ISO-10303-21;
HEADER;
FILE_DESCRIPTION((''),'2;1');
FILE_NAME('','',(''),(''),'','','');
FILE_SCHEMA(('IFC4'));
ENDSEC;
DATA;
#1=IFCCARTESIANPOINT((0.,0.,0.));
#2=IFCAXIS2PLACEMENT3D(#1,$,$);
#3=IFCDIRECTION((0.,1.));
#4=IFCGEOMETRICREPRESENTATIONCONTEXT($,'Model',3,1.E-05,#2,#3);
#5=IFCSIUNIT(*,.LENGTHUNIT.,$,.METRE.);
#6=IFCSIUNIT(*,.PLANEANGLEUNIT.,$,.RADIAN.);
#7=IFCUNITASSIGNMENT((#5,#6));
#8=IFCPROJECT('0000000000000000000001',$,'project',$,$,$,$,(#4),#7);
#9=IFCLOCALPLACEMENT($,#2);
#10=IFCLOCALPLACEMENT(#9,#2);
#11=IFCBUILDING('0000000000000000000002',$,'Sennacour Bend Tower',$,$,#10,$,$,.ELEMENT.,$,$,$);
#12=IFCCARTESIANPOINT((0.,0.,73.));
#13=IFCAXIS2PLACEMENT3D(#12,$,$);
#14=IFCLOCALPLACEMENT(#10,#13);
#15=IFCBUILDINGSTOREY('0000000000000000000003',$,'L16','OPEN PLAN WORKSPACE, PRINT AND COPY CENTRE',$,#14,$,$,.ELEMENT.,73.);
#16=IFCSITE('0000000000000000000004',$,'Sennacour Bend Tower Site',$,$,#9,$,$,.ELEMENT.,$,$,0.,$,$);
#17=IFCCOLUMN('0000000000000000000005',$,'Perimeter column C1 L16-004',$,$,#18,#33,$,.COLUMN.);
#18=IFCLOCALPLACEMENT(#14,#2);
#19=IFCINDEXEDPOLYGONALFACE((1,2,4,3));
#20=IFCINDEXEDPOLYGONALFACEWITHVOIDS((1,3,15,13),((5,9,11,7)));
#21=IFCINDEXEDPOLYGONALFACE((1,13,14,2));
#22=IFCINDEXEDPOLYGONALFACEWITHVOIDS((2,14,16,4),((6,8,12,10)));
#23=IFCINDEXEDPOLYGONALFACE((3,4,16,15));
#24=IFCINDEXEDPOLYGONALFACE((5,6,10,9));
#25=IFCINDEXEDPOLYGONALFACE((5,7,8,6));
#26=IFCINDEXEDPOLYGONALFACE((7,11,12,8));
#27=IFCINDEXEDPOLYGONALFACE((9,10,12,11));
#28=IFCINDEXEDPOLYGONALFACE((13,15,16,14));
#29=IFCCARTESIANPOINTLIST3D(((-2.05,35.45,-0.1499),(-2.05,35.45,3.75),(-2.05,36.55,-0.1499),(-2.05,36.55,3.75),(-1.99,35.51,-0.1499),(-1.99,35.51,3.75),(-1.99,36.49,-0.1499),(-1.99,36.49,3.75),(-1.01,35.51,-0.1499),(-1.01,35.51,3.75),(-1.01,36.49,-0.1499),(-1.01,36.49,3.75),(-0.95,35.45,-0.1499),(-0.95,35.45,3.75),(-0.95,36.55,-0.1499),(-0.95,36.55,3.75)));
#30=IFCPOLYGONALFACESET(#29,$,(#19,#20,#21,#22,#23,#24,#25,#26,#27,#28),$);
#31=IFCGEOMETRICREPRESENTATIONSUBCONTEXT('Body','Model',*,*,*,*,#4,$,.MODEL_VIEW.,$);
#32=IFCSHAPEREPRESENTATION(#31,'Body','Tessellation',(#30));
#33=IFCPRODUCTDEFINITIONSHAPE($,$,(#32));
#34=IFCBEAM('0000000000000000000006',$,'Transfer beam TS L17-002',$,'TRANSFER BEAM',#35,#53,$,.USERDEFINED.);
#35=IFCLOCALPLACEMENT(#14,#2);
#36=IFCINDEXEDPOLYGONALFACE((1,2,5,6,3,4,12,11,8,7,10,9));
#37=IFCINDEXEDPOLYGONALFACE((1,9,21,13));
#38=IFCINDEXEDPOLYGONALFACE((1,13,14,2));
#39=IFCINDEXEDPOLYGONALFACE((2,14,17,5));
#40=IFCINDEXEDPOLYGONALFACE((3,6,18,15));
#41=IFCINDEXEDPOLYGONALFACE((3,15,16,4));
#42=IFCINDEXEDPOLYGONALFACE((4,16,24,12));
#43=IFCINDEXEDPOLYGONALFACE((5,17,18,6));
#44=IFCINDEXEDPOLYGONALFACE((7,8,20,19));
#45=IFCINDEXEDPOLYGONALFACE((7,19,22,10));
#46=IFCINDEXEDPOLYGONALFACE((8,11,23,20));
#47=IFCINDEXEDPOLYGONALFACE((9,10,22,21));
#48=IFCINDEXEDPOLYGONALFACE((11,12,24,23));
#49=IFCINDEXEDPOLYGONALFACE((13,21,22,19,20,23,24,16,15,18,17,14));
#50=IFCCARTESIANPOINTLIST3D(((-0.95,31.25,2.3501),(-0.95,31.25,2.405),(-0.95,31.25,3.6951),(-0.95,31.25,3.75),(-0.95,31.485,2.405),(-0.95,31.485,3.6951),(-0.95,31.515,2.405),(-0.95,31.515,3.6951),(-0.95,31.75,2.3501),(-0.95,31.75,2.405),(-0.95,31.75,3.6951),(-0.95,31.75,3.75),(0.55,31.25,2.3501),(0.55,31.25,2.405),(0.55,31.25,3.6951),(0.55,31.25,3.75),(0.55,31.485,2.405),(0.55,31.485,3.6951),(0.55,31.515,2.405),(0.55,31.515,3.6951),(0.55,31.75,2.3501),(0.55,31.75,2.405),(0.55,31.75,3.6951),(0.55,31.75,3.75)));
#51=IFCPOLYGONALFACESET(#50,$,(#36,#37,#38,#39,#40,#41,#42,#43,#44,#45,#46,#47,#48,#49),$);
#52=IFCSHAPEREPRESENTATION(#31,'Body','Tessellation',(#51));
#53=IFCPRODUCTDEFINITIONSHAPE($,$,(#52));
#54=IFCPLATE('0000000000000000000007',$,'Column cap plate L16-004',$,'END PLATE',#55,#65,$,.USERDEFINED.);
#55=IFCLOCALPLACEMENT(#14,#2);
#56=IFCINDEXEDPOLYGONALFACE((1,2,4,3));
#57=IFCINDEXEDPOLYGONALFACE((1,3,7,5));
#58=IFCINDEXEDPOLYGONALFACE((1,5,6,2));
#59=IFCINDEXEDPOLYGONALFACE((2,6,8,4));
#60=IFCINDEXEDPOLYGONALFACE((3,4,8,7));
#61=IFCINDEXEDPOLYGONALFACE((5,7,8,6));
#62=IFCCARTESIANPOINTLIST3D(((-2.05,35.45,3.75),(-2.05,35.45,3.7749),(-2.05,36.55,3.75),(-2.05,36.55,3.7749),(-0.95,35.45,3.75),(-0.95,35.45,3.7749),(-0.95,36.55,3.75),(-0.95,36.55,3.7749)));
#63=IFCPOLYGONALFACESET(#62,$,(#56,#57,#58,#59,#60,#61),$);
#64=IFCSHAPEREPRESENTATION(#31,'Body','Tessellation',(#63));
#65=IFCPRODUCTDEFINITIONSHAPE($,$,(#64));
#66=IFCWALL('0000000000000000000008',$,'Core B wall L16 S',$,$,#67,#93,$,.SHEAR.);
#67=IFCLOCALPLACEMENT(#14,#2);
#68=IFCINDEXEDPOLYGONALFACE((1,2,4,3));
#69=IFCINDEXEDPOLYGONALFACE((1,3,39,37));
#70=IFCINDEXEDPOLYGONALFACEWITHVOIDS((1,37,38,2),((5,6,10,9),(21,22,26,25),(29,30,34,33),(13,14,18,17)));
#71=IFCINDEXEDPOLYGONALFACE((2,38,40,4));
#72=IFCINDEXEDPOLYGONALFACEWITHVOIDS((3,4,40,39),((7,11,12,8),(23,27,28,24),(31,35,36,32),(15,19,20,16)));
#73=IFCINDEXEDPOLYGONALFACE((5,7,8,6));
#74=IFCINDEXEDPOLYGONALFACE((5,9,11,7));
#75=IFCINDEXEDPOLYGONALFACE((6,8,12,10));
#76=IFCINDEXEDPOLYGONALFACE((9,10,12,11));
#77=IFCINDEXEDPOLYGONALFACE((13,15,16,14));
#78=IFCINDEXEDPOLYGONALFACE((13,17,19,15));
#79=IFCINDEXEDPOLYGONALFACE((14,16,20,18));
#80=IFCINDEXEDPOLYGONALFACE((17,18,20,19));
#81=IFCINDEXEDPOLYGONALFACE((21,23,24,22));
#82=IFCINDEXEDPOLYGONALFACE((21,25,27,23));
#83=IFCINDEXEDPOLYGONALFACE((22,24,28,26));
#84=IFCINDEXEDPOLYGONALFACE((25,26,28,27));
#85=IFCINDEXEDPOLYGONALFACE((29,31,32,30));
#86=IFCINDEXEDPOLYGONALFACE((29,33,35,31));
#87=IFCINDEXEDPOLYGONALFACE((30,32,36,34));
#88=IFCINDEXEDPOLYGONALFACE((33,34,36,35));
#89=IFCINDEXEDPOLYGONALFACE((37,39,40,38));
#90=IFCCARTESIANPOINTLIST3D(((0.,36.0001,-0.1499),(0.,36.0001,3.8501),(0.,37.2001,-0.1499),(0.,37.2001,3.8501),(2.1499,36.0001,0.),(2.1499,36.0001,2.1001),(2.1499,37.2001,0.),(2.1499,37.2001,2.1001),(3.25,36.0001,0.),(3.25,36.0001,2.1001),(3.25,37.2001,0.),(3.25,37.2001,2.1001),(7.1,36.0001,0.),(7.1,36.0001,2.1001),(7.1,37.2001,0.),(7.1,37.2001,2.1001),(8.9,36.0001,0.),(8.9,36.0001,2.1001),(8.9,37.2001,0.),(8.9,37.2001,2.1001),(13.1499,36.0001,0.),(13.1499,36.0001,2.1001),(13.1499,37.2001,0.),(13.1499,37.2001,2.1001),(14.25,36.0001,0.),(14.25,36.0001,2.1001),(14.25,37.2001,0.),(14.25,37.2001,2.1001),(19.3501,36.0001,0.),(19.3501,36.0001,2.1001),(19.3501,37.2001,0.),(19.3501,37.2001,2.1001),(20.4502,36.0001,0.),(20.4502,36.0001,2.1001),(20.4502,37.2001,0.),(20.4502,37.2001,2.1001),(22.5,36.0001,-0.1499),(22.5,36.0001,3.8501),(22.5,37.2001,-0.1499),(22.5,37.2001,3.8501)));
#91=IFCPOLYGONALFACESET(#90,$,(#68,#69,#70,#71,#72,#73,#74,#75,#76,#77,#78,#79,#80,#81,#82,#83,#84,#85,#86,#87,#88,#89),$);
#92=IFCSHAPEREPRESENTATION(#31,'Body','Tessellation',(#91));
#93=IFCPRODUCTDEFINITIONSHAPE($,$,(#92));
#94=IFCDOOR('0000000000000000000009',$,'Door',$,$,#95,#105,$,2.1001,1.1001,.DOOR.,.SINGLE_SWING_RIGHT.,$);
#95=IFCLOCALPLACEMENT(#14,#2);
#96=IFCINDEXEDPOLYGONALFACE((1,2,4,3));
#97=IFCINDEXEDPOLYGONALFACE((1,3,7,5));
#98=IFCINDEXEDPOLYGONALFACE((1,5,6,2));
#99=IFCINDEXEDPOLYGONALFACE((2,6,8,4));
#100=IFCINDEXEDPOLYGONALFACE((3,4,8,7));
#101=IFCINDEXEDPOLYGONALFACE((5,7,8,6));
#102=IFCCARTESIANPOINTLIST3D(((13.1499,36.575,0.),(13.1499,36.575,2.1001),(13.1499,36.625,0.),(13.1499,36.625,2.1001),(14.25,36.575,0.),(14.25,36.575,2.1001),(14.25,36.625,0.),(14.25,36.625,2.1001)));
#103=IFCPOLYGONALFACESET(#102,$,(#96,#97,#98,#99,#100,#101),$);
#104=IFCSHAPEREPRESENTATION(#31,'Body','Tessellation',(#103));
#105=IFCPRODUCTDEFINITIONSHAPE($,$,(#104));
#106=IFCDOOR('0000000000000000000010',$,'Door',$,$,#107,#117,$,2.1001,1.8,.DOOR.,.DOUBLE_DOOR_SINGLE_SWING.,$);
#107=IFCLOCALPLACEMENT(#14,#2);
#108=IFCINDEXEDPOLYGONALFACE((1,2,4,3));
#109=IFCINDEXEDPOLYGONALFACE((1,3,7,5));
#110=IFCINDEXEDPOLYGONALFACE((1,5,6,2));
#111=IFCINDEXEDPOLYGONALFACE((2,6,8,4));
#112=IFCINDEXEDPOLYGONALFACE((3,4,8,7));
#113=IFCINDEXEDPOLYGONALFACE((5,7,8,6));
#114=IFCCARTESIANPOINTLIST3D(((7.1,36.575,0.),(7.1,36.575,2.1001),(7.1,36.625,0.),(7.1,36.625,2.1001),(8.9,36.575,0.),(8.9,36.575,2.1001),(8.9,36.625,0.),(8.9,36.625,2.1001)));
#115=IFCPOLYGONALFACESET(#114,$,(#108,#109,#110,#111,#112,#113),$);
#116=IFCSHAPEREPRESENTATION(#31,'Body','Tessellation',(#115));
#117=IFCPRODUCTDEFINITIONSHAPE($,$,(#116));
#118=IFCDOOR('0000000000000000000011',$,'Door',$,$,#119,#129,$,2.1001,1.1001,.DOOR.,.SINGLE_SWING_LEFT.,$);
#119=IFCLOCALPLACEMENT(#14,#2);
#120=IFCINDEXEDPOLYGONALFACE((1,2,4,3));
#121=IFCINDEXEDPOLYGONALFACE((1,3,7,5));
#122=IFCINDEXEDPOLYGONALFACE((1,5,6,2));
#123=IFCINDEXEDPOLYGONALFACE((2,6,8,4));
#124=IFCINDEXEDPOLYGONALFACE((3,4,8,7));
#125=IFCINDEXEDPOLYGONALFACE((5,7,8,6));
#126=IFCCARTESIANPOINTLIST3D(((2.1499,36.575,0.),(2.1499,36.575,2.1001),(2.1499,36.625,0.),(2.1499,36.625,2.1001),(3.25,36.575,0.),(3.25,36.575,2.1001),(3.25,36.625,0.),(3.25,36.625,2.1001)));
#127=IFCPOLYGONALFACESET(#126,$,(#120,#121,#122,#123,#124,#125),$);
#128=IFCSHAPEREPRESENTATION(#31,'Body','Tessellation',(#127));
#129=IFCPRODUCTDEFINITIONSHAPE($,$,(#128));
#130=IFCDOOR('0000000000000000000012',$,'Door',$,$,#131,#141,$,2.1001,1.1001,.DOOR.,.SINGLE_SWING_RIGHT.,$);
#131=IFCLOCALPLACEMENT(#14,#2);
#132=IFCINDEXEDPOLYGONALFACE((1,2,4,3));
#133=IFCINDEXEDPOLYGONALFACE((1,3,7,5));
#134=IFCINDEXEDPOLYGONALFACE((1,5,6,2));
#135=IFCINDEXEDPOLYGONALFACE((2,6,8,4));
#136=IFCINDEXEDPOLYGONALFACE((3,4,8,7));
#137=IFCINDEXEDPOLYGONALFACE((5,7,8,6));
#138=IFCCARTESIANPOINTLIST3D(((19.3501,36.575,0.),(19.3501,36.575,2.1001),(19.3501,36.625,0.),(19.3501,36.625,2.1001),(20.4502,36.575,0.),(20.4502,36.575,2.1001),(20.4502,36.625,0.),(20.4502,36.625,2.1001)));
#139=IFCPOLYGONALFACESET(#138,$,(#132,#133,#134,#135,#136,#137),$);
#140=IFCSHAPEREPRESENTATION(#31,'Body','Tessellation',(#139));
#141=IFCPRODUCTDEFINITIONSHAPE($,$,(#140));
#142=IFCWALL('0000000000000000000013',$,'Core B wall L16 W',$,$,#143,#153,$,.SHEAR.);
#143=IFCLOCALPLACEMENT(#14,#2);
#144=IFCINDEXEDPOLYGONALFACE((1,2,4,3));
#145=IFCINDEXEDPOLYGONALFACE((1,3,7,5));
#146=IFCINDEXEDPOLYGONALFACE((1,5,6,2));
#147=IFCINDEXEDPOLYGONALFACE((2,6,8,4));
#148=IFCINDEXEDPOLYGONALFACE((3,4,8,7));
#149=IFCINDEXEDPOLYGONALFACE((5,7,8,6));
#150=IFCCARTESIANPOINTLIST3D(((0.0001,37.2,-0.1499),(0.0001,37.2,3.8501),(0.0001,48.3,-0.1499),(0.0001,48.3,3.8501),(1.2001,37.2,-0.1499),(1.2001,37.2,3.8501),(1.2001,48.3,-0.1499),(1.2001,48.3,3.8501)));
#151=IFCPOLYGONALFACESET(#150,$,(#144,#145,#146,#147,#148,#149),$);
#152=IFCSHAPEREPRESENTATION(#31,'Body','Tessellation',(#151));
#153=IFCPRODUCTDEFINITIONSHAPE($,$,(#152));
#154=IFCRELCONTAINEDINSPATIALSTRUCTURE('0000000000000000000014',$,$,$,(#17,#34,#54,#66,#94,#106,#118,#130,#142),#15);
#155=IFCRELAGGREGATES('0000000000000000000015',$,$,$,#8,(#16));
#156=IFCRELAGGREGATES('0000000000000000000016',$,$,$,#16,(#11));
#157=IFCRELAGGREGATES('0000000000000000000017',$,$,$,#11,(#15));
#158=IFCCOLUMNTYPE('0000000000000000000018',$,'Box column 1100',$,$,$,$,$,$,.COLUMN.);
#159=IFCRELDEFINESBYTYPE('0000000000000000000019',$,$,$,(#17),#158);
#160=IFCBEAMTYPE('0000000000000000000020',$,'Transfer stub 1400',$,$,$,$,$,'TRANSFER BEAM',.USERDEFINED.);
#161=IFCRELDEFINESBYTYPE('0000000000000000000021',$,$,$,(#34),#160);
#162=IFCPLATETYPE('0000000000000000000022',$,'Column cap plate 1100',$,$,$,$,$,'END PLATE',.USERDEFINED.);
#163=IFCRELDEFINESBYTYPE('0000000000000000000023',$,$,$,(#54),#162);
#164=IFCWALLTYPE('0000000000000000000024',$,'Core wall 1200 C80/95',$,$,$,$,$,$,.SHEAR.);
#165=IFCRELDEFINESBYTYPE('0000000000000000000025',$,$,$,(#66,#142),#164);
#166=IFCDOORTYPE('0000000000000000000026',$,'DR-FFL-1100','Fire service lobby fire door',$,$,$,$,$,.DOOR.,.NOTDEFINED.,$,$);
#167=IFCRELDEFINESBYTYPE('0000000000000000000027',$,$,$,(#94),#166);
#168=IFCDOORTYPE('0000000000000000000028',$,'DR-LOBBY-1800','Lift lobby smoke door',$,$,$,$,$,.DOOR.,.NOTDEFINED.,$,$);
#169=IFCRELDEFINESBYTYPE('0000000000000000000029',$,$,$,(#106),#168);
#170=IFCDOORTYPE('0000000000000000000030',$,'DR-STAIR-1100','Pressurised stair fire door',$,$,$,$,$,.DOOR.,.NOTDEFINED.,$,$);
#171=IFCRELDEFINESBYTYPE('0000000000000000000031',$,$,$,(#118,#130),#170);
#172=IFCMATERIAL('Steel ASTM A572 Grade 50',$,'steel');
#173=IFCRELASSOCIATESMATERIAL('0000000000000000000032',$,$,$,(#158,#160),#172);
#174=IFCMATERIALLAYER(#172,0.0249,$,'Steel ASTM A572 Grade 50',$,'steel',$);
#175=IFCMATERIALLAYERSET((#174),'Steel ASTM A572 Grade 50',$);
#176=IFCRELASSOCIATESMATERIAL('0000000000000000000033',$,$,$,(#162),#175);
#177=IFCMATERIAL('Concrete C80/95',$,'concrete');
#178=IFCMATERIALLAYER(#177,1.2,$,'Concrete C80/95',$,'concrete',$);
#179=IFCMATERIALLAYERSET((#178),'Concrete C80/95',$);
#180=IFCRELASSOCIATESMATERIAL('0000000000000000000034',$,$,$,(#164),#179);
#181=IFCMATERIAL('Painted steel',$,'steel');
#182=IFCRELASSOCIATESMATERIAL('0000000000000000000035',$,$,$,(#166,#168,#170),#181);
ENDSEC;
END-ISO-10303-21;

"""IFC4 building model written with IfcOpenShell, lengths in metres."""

from ifc_helpers import new_model, si_unit, direction, frame, frame_2d, origin, origin_2d, place, context, subcontext, project, spatial, rectangle, hollow_rectangle, i_section, extrude, material, layer, layer_set, material_profile, profile_set, type_object, element, fill, save


model = new_model("IFC4")

# Units and contexts
model_context = context("Model", 3, precision=1e-05, world=origin(), true_north=direction((0.0, 1.0)))
body_context = subcontext(model_context, "Body", "Model", "MODEL_VIEW")
ifc_project = project(units=[si_unit("LENGTHUNIT", "METRE"), si_unit("PLANEANGLEUNIT", "RADIAN")], contexts=[model_context])

# Site, building, storey
site_placement = place(None, origin())
site = spatial("IfcSite", under=ifc_project, at=site_placement, Name="Sennacour Bend Tower Site", CompositionType="ELEMENT", RefElevation=0.0)
building_placement = place(site_placement, origin())
building = spatial("IfcBuilding", under=site, at=building_placement, Name="Sennacour Bend Tower", CompositionType="ELEMENT")
storey_placement = place(building_placement, frame((0.0, 0.0, 73.0)))
storey = spatial("IfcBuildingStorey", under=building, at=storey_placement, Name="L16", Description="OPEN PLAN WORKSPACE, PRINT AND COPY CENTRE", CompositionType="ELEMENT", Elevation=73.0)

# Column
ifc_material_1 = material(Name="Steel ASTM A572 Grade 50", Category="steel")
ifc_material_profile_1 = material_profile(ifc_material_1, hollow_rectangle(XDim=1.1001, YDim=1.1001, WallThickness=0.0601, at=origin_2d()), Name="Steel ASTM A572 Grade 50", Category="steel")
ifc_profile_set_1 = profile_set([ifc_material_profile_1], Name="Steel ASTM A572 Grade 50")
column_type = type_object("IfcColumnType", Name="Box column 1100", PredefinedType="COLUMN", material=ifc_profile_set_1)
column_placement = place(storey_placement, frame((-1.5, 36.0, -0.1499), z_axis=(0.0, 0.0, 1.0), x_axis=(1.0, 0.0, 0.0)))
element("IfcColumn", 1, at=column_placement, inside=storey, type_object=column_type, Name="Perimeter column C1 L16-004", PredefinedType="COLUMN", context=body_context, shape_type="SweptSolid", body=[
    extrude(hollow_rectangle(XDim=1.1001, YDim=1.1001, WallThickness=0.0601, at=origin_2d()), origin(), (0.0, 0.0, 1.0), 3.8999),
])

# Beam
ifc_material_profile_2 = material_profile(ifc_material_1, i_section(OverallWidth=0.5, OverallDepth=1.3999, WebThickness=0.03, FlangeThickness=0.0549, at=origin_2d()), Name="Steel ASTM A572 Grade 50", Category="steel")
ifc_profile_set_2 = profile_set([ifc_material_profile_2], Name="Steel ASTM A572 Grade 50")
beam_type = type_object("IfcBeamType", Name="Transfer stub 1400", ElementType="TRANSFER BEAM", PredefinedType="USERDEFINED", material=ifc_profile_set_2)
beam_placement = place(storey_placement, frame((-0.95, 31.5, 3.05), z_axis=(1.0, 0.0, 0.0), x_axis=(0.0, 1.0, 0.0)))
element("IfcBeam", 2, at=beam_placement, inside=storey, type_object=beam_type, Name="Transfer beam TS L17-002", ObjectType="TRANSFER BEAM", PredefinedType="USERDEFINED", context=body_context, shape_type="SweptSolid", body=[
    extrude(i_section(OverallWidth=0.5, OverallDepth=1.3999, WebThickness=0.03, FlangeThickness=0.0549, at=origin_2d()), origin(), (0.0, 0.0, 1.0), 1.5),
])

# Plate
ifc_layer_1 = layer(ifc_material_1, 0.0249, Name="Steel ASTM A572 Grade 50", Category="steel")
ifc_layer_set_1 = layer_set([ifc_layer_1], Name="Steel ASTM A572 Grade 50")
plate_type = type_object("IfcPlateType", Name="Column cap plate 1100", ElementType="END PLATE", PredefinedType="USERDEFINED", material=ifc_layer_set_1)
plate_placement = place(storey_placement, frame((-1.5, 36.0, 3.75), z_axis=(0.0, 0.0, 1.0), x_axis=(1.0, 0.0, 0.0)))
element("IfcPlate", 3, at=plate_placement, inside=storey, type_object=plate_type, Name="Column cap plate L16-004", ObjectType="END PLATE", PredefinedType="USERDEFINED", context=body_context, shape_type="SweptSolid", body=[
    extrude(rectangle(XDim=1.1001, YDim=1.1001, at=origin_2d()), origin(), (0.0, 0.0, 1.0), 0.0249),
])

# Wall, openings, doors
ifc_material_2 = material(Name="Concrete C80/95", Category="concrete")
ifc_layer_2 = layer(ifc_material_2, 1.2, Name="Concrete C80/95", Category="concrete")
ifc_layer_set_2 = layer_set([ifc_layer_2], Name="Concrete C80/95")
wall_type_1 = type_object("IfcWallType", Name="Core wall 1200 C80/95", PredefinedType="SHEAR", material=ifc_layer_set_2)
wall_1_placement = place(storey_placement, frame((0.0, 36.6001, -0.1499), z_axis=(0.0, 0.0, 1.0), x_axis=(1.0, 0.0, 0.0)))
wall_1 = element("IfcWall", 4, at=wall_1_placement, inside=storey, type_object=wall_type_1, Name="Core B wall L16 S", PredefinedType="SHEAR", context=body_context, shape_type="SweptSolid", body=[
    extrude(rectangle(XDim=22.5, YDim=1.2, at=frame_2d((11.25, 0.0))), origin(), (0.0, 0.0, 1.0), 4.0),
])
opening_1_placement = place(wall_1_placement, frame((7.1001, 0.0, 0.1499)))
opening_1 = element("IfcOpeningElement", 5, at=opening_1_placement, cuts=wall_1, PredefinedType="OPENING", context=body_context, shape_type="SweptSolid", body=[
    extrude(rectangle(XDim=1.8, YDim=2.1001, at=frame_2d((0.8999, 1.05))), frame((0.0, 0.6099, 0.0), z_axis=(0.0, -1.0, 0.0), x_axis=(1.0, 0.0, 0.0)), (0.0, 0.0, 1.0), 1.22),
])
opening_2_placement = place(wall_1_placement, frame((13.1499, 0.0, 0.1499)))
opening_2 = element("IfcOpeningElement", 6, at=opening_2_placement, cuts=wall_1, PredefinedType="OPENING", context=body_context, shape_type="SweptSolid", body=[
    extrude(rectangle(XDim=1.1001, YDim=2.1001, at=frame_2d((0.55, 1.05))), frame((0.0, 0.6099, 0.0), z_axis=(0.0, -1.0, 0.0), x_axis=(1.0, 0.0, 0.0)), (0.0, 0.0, 1.0), 1.22),
])
opening_3_placement = place(wall_1_placement, frame((2.1499, 0.0, 0.1499)))
opening_3 = element("IfcOpeningElement", 7, at=opening_3_placement, cuts=wall_1, PredefinedType="OPENING", context=body_context, shape_type="SweptSolid", body=[
    extrude(rectangle(XDim=1.1001, YDim=2.1001, at=frame_2d((0.55, 1.05))), frame((0.0, 0.6099, 0.0), z_axis=(0.0, -1.0, 0.0), x_axis=(1.0, 0.0, 0.0)), (0.0, 0.0, 1.0), 1.22),
])
opening_4_placement = place(wall_1_placement, frame((19.3501, 0.0, 0.1499)))
opening_4 = element("IfcOpeningElement", 8, at=opening_4_placement, cuts=wall_1, PredefinedType="OPENING", context=body_context, shape_type="SweptSolid", body=[
    extrude(rectangle(XDim=1.1001, YDim=2.1001, at=frame_2d((0.55, 1.05))), frame((0.0, 0.6099, 0.0), z_axis=(0.0, -1.0, 0.0), x_axis=(1.0, 0.0, 0.0)), (0.0, 0.0, 1.0), 1.22),
])
ifc_material_3 = material(Name="Painted steel", Category="steel")
door_type_1 = type_object("IfcDoorType", Name="DR-FFL-1100", Description="Fire service lobby fire door", OperationType="NOTDEFINED", PredefinedType="DOOR", material=ifc_material_3)
door_1_placement = place(opening_2_placement, origin())
door_1 = element("IfcDoor", 9, at=door_1_placement, inside=storey, type_object=door_type_1, Name="Door", OperationType="SINGLE_SWING_RIGHT", OverallHeight=2.1001, OverallWidth=1.1001, PredefinedType="DOOR", context=body_context, shape_type="SweptSolid", body=[
    extrude(rectangle(XDim=1.1001, YDim=2.1001, at=frame_2d((0.55, 1.05))), frame((0.0, 0.0249, 0.0), z_axis=(0.0, -1.0, 0.0), x_axis=(1.0, 0.0, 0.0)), (0.0, 0.0, 1.0), 0.05),
])
fill(opening_2, door_1)
door_type_2 = type_object("IfcDoorType", Name="DR-LOBBY-1800", Description="Lift lobby smoke door", OperationType="NOTDEFINED", PredefinedType="DOOR", material=ifc_material_3)
door_2_placement = place(opening_1_placement, origin())
door_2 = element("IfcDoor", 10, at=door_2_placement, inside=storey, type_object=door_type_2, Name="Door", OperationType="DOUBLE_DOOR_SINGLE_SWING", OverallHeight=2.1001, OverallWidth=1.8, PredefinedType="DOOR", context=body_context, shape_type="SweptSolid", body=[
    extrude(rectangle(XDim=1.8, YDim=2.1001, at=frame_2d((0.8999, 1.05))), frame((0.0, 0.0249, 0.0), z_axis=(0.0, -1.0, 0.0), x_axis=(1.0, 0.0, 0.0)), (0.0, 0.0, 1.0), 0.05),
])
fill(opening_1, door_2)
door_type_3 = type_object("IfcDoorType", Name="DR-STAIR-1100", Description="Pressurised stair fire door", OperationType="NOTDEFINED", PredefinedType="DOOR", material=ifc_material_3)
door_3_placement = place(opening_3_placement, origin())
door_3 = element("IfcDoor", 11, at=door_3_placement, inside=storey, type_object=door_type_3, Name="Door", OperationType="SINGLE_SWING_LEFT", OverallHeight=2.1001, OverallWidth=1.1001, PredefinedType="DOOR", context=body_context, shape_type="SweptSolid", body=[
    extrude(rectangle(XDim=1.1001, YDim=2.1001, at=frame_2d((0.55, 1.05))), frame((0.0, 0.0249, 0.0), z_axis=(0.0, -1.0, 0.0), x_axis=(1.0, 0.0, 0.0)), (0.0, 0.0, 1.0), 0.05),
])
fill(opening_3, door_3)
door_4_placement = place(opening_4_placement, origin())
door_4 = element("IfcDoor", 12, at=door_4_placement, inside=storey, type_object=door_type_3, Name="Door", OperationType="SINGLE_SWING_RIGHT", OverallHeight=2.1001, OverallWidth=1.1001, PredefinedType="DOOR", context=body_context, shape_type="SweptSolid", body=[
    extrude(rectangle(XDim=1.1001, YDim=2.1001, at=frame_2d((0.55, 1.05))), frame((0.0, 0.0249, 0.0), z_axis=(0.0, -1.0, 0.0), x_axis=(1.0, 0.0, 0.0)), (0.0, 0.0, 1.0), 0.05),
])
fill(opening_4, door_4)

# Wall
wall_2_placement = place(storey_placement, frame((0.6001, 37.2, -0.1499), z_axis=(0.0, 0.0, 1.0), x_axis=(0.0, 1.0, 0.0)))
element("IfcWall", 13, at=wall_2_placement, inside=storey, type_object=wall_type_1, Name="Core B wall L16 W", PredefinedType="SHEAR", context=body_context, shape_type="SweptSolid", body=[
    extrude(rectangle(XDim=11.1001, YDim=1.2, at=frame_2d((5.55, 0.0))), origin(), (0.0, 0.0, 1.0), 4.0),
])

save(model, "model.ifc")
